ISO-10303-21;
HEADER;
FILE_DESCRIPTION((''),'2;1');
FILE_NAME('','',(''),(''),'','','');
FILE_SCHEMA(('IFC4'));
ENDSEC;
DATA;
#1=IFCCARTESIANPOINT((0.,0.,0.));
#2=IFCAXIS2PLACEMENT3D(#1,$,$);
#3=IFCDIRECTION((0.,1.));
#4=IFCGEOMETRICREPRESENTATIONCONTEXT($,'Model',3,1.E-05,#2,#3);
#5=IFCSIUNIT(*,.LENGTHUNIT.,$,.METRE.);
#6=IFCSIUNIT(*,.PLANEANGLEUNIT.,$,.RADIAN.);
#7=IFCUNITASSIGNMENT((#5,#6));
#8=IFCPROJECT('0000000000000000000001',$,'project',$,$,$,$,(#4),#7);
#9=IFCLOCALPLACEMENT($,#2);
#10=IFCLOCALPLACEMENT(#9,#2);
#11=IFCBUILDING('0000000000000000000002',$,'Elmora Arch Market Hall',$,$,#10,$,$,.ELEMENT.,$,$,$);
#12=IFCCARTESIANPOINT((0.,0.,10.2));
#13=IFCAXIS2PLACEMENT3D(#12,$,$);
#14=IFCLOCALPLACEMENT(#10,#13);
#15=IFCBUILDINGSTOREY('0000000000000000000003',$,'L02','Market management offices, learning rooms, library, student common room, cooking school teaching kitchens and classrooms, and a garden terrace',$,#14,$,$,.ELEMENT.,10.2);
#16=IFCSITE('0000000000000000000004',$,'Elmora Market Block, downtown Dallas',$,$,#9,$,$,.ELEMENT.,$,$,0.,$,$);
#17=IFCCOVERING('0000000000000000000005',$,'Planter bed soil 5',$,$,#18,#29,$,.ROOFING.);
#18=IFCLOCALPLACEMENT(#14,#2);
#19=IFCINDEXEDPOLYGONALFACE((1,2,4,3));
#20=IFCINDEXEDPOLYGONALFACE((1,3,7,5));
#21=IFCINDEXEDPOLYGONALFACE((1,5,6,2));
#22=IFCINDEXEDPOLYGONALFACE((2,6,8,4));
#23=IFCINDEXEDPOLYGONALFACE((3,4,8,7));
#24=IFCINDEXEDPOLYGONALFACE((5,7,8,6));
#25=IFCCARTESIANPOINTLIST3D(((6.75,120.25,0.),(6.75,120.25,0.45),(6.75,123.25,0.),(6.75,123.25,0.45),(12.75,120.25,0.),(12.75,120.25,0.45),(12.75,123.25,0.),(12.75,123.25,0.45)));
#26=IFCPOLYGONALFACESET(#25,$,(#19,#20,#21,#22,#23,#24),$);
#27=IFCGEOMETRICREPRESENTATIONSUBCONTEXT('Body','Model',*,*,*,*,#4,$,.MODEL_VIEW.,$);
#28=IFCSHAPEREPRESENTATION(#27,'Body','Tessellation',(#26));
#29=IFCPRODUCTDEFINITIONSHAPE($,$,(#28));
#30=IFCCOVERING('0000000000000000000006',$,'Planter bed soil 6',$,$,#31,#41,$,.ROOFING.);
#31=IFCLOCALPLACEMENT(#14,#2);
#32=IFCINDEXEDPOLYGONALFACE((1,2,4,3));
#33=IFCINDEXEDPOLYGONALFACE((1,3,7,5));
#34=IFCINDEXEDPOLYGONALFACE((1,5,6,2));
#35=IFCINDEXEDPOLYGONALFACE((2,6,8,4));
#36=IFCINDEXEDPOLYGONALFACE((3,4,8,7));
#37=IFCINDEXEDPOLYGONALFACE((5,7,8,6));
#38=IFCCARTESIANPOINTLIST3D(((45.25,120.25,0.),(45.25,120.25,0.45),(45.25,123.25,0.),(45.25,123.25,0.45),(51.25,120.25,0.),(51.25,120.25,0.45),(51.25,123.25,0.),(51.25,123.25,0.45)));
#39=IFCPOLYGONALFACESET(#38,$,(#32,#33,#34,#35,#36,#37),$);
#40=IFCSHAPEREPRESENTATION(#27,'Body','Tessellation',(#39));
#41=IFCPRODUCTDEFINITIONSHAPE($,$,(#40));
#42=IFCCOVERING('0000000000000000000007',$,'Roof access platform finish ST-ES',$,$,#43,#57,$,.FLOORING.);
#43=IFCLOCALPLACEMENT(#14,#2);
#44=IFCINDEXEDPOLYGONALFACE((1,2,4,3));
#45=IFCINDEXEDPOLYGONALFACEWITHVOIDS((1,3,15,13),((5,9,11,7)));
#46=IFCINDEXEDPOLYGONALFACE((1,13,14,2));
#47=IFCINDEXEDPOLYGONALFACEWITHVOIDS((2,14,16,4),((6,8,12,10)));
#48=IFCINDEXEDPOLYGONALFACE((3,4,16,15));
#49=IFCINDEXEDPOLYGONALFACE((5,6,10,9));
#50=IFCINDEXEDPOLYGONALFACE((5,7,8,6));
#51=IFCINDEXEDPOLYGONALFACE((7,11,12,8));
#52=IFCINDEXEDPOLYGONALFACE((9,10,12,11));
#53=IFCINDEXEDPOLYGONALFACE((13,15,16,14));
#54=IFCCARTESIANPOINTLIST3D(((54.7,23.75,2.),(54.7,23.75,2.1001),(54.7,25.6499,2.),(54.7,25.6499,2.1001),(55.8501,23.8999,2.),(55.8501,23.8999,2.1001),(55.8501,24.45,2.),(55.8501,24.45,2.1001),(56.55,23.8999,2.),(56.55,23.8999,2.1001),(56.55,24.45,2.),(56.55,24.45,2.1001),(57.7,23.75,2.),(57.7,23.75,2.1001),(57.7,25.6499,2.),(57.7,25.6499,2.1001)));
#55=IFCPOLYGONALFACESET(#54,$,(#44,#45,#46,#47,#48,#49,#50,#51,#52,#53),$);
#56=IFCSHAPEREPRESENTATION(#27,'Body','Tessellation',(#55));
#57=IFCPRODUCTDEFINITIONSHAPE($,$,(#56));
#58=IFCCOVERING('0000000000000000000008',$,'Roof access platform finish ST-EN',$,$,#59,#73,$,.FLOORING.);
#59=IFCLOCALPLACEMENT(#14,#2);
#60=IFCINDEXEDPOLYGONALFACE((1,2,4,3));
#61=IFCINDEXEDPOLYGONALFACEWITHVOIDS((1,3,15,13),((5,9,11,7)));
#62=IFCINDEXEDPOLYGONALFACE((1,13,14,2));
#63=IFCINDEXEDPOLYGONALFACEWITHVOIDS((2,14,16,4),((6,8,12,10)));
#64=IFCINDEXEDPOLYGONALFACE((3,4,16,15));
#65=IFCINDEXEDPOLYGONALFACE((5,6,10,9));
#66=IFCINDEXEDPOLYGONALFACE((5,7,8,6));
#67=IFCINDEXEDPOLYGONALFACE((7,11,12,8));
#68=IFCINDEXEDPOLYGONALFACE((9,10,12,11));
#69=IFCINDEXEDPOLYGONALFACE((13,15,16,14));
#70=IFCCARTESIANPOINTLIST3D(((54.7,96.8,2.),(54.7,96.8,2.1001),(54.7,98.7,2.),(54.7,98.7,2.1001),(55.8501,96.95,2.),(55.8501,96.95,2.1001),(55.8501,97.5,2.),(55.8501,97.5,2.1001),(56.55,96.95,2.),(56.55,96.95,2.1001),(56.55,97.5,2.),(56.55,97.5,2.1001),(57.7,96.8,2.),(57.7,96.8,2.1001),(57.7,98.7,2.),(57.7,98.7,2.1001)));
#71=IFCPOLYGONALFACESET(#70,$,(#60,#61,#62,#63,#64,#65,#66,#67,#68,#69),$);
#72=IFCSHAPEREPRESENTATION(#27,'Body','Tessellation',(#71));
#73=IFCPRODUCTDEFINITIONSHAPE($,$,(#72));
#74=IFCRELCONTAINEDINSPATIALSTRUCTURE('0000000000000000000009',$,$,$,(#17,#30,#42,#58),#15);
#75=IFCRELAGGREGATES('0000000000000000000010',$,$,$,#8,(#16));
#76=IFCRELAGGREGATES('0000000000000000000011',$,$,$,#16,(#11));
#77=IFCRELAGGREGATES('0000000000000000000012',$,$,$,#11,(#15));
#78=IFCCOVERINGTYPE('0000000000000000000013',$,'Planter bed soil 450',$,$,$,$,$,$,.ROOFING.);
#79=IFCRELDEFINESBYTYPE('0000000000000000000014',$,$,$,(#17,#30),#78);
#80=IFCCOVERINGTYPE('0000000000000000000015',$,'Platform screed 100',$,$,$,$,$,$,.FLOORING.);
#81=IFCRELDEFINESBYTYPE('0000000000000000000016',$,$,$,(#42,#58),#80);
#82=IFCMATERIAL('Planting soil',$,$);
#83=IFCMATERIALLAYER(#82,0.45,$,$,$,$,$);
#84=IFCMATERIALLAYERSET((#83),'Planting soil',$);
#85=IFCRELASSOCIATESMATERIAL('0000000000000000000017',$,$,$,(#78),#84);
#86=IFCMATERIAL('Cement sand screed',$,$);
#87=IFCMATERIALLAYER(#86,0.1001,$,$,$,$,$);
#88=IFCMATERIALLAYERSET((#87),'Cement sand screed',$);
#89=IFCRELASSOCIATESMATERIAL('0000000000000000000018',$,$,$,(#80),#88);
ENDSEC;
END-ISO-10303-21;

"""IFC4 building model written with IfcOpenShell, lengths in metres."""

from ifc_helpers import new_model, si_unit, direction, frame, origin, place, context, subcontext, project, spatial, polyline, outline, extrude, material, layer, layer_set, type_object, element, save


model = new_model("IFC4")

# Units and contexts
model_context = context("Model", 3, precision=1e-05, world=origin(), true_north=direction((0.0, 1.0)))
body_context = subcontext(model_context, "Body", "Model", "MODEL_VIEW")
ifc_project = project(units=[si_unit("LENGTHUNIT", "METRE"), si_unit("PLANEANGLEUNIT", "RADIAN")], contexts=[model_context])

# Site, building, storey
site_placement = place(None, origin())
site = spatial("IfcSite", under=ifc_project, at=site_placement, Name="Elmora Market Block, downtown Dallas", CompositionType="ELEMENT", RefElevation=0.0)
building_placement = place(site_placement, origin())
building = spatial("IfcBuilding", under=site, at=building_placement, Name="Elmora Arch Market Hall", CompositionType="ELEMENT")
storey_placement = place(building_placement, frame((0.0, 0.0, 10.2)))
storey = spatial("IfcBuildingStorey", under=building, at=storey_placement, Name="L02", Description="Market management offices, learning rooms, library, student common room, cooking school teaching kitchens and classrooms, and a garden terrace", CompositionType="ELEMENT", Elevation=10.2)

# Coverings
ifc_material_1 = material(Name="Planting soil")
ifc_layer_1 = layer(ifc_material_1, 0.45)
ifc_layer_set_1 = layer_set([ifc_layer_1], Name="Planting soil")
covering_type_1 = type_object("IfcCoveringType", Name="Planter bed soil 450", PredefinedType="ROOFING", material=ifc_layer_set_1)
covering_1_placement = place(storey_placement, origin())
element("IfcCovering", 1, at=covering_1_placement, inside=storey, type_object=covering_type_1, Name="Planter bed soil 5", PredefinedType="ROOFING", context=body_context, shape_type="SweptSolid", body=[
    extrude(outline(polyline([(12.75, 120.25), (12.75, 123.25), (6.75, 123.25), (6.75, 120.25), (12.75, 120.25)])), origin(), (0.0, 0.0, 1.0), 0.45),
])
covering_2_placement = place(storey_placement, origin())
element("IfcCovering", 2, at=covering_2_placement, inside=storey, type_object=covering_type_1, Name="Planter bed soil 6", PredefinedType="ROOFING", context=body_context, shape_type="SweptSolid", body=[
    extrude(outline(polyline([(51.25, 120.25), (51.25, 123.25), (45.25, 123.25), (45.25, 120.25), (51.25, 120.25)])), origin(), (0.0, 0.0, 1.0), 0.45),
])
ifc_material_2 = material(Name="Cement sand screed")
ifc_layer_2 = layer(ifc_material_2, 0.1001)
ifc_layer_set_2 = layer_set([ifc_layer_2], Name="Cement sand screed")
covering_type_2 = type_object("IfcCoveringType", Name="Platform screed 100", PredefinedType="FLOORING", material=ifc_layer_set_2)
covering_3_placement = place(storey_placement, frame((0.0, 0.0, 2.0)))
element("IfcCovering", 3, at=covering_3_placement, inside=storey, type_object=covering_type_2, Name="Roof access platform finish ST-ES", PredefinedType="FLOORING", context=body_context, shape_type="SweptSolid", body=[
    extrude(outline(polyline([(54.7, 23.75), (57.7, 23.75), (57.7, 25.6499), (54.7, 25.6499), (54.7, 23.75)]), holes=[polyline([(55.8501, 23.8999), (56.55, 23.8999), (56.55, 24.45), (55.8501, 24.45), (55.8501, 23.8999)])]), origin(), (0.0, 0.0, 1.0), 0.1001),
])
covering_4_placement = place(storey_placement, frame((0.0, 0.0, 2.0)))
element("IfcCovering", 4, at=covering_4_placement, inside=storey, type_object=covering_type_2, Name="Roof access platform finish ST-EN", PredefinedType="FLOORING", context=body_context, shape_type="SweptSolid", body=[
    extrude(outline(polyline([(54.7, 96.8), (57.7, 96.8), (57.7, 98.7), (54.7, 98.7), (54.7, 96.8)]), holes=[polyline([(55.8501, 96.95), (56.55, 96.95), (56.55, 97.5), (55.8501, 97.5), (55.8501, 96.95)])]), origin(), (0.0, 0.0, 1.0), 0.1001),
])

save(model, "model.ifc")
